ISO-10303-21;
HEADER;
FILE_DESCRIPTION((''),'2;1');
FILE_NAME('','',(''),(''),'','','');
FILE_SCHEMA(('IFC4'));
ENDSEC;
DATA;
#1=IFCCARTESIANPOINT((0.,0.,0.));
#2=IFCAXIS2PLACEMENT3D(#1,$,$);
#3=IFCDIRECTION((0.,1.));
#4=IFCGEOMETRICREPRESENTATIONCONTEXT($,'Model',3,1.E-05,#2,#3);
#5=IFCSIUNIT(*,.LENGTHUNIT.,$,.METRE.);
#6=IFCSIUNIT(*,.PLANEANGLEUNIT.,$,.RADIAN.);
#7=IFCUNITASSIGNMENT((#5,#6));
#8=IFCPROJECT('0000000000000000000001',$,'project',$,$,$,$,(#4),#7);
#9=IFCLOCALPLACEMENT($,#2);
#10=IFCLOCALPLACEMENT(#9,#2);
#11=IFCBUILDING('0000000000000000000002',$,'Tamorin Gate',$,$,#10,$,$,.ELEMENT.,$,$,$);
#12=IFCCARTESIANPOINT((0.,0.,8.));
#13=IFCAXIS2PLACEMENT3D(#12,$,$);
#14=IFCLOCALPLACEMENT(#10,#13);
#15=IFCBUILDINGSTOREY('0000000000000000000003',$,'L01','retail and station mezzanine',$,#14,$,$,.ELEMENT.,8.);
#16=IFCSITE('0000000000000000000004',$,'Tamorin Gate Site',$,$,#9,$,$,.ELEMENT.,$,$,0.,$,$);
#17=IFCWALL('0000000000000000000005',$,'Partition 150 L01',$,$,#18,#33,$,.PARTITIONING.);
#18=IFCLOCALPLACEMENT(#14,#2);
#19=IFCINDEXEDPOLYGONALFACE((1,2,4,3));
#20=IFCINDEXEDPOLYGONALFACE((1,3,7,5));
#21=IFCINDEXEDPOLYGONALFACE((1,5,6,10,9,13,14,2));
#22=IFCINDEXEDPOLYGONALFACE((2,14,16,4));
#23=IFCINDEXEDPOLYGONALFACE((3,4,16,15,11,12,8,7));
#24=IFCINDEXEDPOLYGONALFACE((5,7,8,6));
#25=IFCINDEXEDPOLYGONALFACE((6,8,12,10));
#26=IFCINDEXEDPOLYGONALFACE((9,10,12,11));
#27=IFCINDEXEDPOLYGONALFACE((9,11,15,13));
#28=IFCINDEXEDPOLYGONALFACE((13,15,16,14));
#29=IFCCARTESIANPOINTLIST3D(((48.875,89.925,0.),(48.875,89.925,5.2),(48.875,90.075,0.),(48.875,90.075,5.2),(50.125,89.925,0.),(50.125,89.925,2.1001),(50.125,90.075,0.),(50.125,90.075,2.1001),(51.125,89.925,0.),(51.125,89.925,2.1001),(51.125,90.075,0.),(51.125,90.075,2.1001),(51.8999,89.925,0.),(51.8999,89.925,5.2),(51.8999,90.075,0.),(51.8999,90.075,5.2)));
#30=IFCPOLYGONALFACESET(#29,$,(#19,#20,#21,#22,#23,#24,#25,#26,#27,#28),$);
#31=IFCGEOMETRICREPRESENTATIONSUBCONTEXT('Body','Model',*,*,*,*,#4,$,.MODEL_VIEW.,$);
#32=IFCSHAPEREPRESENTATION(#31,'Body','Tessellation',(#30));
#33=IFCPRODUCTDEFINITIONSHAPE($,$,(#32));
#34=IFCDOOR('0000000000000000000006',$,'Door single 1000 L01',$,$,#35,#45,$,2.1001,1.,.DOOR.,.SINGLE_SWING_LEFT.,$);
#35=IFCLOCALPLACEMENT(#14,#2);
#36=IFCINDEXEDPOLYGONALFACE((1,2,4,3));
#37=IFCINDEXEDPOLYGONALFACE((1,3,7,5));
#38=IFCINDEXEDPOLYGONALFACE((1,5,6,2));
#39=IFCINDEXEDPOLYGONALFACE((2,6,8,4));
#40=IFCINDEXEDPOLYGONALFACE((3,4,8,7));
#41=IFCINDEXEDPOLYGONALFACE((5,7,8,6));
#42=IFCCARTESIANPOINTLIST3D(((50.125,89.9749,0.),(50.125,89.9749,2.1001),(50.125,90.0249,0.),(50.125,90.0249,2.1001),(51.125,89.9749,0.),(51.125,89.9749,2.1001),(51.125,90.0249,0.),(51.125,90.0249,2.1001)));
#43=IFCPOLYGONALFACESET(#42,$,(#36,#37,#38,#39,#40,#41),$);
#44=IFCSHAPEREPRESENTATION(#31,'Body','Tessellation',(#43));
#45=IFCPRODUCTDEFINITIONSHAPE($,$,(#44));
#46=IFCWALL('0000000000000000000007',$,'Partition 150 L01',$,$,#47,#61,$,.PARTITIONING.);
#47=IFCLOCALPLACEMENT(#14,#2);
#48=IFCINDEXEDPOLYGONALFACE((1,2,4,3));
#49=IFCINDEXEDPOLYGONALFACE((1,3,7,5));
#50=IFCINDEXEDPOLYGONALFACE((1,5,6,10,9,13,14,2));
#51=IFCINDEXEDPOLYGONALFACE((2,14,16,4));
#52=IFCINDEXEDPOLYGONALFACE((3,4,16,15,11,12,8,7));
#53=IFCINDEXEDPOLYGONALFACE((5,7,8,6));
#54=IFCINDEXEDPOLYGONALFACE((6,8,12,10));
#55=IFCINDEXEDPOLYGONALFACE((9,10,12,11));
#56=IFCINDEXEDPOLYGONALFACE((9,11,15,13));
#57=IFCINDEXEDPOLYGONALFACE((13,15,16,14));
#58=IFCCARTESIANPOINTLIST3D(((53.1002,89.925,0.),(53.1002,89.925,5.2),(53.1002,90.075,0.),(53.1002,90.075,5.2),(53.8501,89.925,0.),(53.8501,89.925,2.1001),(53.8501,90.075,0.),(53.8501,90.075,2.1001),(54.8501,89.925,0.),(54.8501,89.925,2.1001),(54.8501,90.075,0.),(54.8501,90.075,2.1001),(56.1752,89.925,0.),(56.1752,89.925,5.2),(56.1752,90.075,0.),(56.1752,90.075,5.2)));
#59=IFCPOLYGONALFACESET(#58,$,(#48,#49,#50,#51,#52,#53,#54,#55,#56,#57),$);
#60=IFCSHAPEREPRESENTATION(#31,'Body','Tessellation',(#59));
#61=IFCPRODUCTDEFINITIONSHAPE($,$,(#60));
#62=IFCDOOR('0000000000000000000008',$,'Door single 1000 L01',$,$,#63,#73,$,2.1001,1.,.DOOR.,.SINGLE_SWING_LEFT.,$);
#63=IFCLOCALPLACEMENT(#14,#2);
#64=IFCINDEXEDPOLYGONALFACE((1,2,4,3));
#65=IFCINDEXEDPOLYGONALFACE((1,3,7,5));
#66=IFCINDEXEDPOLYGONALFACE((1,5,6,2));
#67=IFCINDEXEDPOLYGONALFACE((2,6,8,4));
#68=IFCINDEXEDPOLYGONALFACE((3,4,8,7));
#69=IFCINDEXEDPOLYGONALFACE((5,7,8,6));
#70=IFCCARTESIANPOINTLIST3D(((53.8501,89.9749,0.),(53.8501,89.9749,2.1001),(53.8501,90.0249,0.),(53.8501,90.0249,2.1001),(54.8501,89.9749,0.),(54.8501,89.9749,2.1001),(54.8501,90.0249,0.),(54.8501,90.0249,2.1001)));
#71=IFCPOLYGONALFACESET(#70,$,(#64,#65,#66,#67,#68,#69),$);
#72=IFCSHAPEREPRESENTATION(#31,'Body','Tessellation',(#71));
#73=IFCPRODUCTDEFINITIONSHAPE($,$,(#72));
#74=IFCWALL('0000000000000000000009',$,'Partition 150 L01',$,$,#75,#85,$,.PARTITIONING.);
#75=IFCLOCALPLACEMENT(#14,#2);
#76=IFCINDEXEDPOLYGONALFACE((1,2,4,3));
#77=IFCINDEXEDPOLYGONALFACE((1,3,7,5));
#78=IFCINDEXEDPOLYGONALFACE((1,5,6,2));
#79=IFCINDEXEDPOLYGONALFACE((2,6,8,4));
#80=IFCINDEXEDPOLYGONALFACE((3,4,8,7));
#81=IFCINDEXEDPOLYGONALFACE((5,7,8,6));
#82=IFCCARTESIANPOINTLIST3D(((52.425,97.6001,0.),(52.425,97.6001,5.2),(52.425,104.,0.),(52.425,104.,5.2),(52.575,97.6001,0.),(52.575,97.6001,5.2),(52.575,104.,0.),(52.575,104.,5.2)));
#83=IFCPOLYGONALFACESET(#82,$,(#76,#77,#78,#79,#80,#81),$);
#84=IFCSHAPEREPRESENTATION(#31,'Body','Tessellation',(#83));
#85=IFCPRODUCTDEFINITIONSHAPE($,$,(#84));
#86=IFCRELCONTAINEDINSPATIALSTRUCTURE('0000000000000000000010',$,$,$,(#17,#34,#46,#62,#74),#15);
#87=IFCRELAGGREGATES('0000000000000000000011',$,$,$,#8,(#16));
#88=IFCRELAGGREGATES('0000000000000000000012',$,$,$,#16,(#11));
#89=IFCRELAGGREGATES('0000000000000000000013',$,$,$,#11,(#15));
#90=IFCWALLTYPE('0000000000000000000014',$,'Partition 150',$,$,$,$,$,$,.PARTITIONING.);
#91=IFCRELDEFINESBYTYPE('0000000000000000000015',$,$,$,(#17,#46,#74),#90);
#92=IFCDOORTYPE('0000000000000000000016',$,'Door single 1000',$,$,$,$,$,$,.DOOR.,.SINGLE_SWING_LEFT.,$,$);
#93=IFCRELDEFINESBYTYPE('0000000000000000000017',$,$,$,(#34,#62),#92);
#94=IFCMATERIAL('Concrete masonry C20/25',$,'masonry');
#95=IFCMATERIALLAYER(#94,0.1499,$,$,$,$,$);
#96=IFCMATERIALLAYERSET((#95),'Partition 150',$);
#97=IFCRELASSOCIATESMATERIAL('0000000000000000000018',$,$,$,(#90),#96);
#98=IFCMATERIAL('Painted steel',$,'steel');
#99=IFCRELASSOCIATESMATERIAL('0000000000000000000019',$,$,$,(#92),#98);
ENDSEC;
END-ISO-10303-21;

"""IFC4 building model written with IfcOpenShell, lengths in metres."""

from ifc_helpers import new_model, si_unit, direction, frame, frame_2d, origin, place, context, subcontext, project, spatial, rectangle, extrude, material, layer, layer_set, type_object, element, fill, save


model = new_model("IFC4")

# Units and contexts
model_context = context("Model", 3, precision=1e-05, world=origin(), true_north=direction((0.0, 1.0)))
body_context = subcontext(model_context, "Body", "Model", "MODEL_VIEW")
ifc_project = project(units=[si_unit("LENGTHUNIT", "METRE"), si_unit("PLANEANGLEUNIT", "RADIAN")], contexts=[model_context])

# Site, building, storey
site_placement = place(None, origin())
site = spatial("IfcSite", under=ifc_project, at=site_placement, Name="Tamorin Gate Site", CompositionType="ELEMENT", RefElevation=0.0)
building_placement = place(site_placement, origin())
building = spatial("IfcBuilding", under=site, at=building_placement, Name="Tamorin Gate", CompositionType="ELEMENT")
storey_placement = place(building_placement, frame((0.0, 0.0, 8.0)))
storey = spatial("IfcBuildingStorey", under=building, at=storey_placement, Name="L01", Description="retail and station mezzanine", CompositionType="ELEMENT", Elevation=8.0)

# Shared definitions
ifc_material_1 = material(Name="Concrete masonry C20/25", Category="masonry")
ifc_layer = layer(ifc_material_1, 0.1499)
ifc_layer_set = layer_set([ifc_layer], Name="Partition 150")
wall_type = type_object("IfcWallType", Name="Partition 150", PredefinedType="PARTITIONING", material=ifc_layer_set)

# Walls, openings, doors
ifc_material_2 = material(Name="Painted steel", Category="steel")
door_type_1 = type_object("IfcDoorType", Name="Door single 1000", OperationType="SINGLE_SWING_LEFT", PredefinedType="DOOR", material=ifc_material_2)
wall_1_placement = place(storey_placement, frame((48.875, 90.0, 0.0), z_axis=(0.0, 0.0, 1.0), x_axis=(1.0, 0.0, 0.0)))
wall_1 = element("IfcWall", 1, at=wall_1_placement, inside=storey, type_object=wall_type, Name="Partition 150 L01", PredefinedType="PARTITIONING", context=body_context, shape_type="SweptSolid", body=[
    extrude(rectangle(XDim=3.0249, YDim=0.1499, at=frame_2d((1.5125, 0.0))), origin(), (0.0, 0.0, 1.0), 5.2),
])
opening_1_placement = place(wall_1_placement, frame((1.25, 0.0, 0.0)))
opening_1 = element("IfcOpeningElement", 2, at=opening_1_placement, cuts=wall_1, PredefinedType="OPENING", context=body_context, shape_type="SweptSolid", body=[
    extrude(rectangle(XDim=1.0, YDim=2.1001, at=frame_2d((0.5, 1.05))), frame((0.0, 0.085, 0.0), z_axis=(0.0, -1.0, 0.0), x_axis=(1.0, 0.0, 0.0)), (0.0, 0.0, 1.0), 0.1699),
])
door_1_placement = place(opening_1_placement, origin())
door_1 = element("IfcDoor", 3, at=door_1_placement, inside=storey, type_object=door_type_1, Name="Door single 1000 L01", OperationType="SINGLE_SWING_LEFT", OverallHeight=2.1001, OverallWidth=1.0, PredefinedType="DOOR", context=body_context, shape_type="SweptSolid", body=[
    extrude(rectangle(XDim=1.0, YDim=2.1001, at=frame_2d((0.5, 1.05))), frame((0.0, 0.0249, 0.0), z_axis=(0.0, -1.0, 0.0), x_axis=(1.0, 0.0, 0.0)), (0.0, 0.0, 1.0), 0.05),
])
fill(opening_1, door_1)
wall_2_placement = place(storey_placement, frame((53.1001, 90.0, 0.0), z_axis=(0.0, 0.0, 1.0), x_axis=(1.0, 0.0, 0.0)))
wall_2 = element("IfcWall", 4, at=wall_2_placement, inside=storey, type_object=wall_type, Name="Partition 150 L01", PredefinedType="PARTITIONING", context=body_context, shape_type="SweptSolid", body=[
    extrude(rectangle(XDim=3.075, YDim=0.1499, at=frame_2d((1.5376, 0.0))), origin(), (0.0, 0.0, 1.0), 5.2),
])
opening_2_placement = place(wall_2_placement, frame((0.75, 0.0, 0.0)))
opening_2 = element("IfcOpeningElement", 5, at=opening_2_placement, cuts=wall_2, PredefinedType="OPENING", context=body_context, shape_type="SweptSolid", body=[
    extrude(rectangle(XDim=1.0, YDim=2.1001, at=frame_2d((0.5, 1.05))), frame((0.0, 0.085, 0.0), z_axis=(0.0, -1.0, 0.0), x_axis=(1.0, 0.0, 0.0)), (0.0, 0.0, 1.0), 0.1699),
])
door_2_placement = place(opening_2_placement, origin())
door_2 = element("IfcDoor", 6, at=door_2_placement, inside=storey, type_object=door_type_1, Name="Door single 1000 L01", OperationType="SINGLE_SWING_LEFT", OverallHeight=2.1001, OverallWidth=1.0, PredefinedType="DOOR", context=body_context, shape_type="SweptSolid", body=[
    extrude(rectangle(XDim=1.0, YDim=2.1001, at=frame_2d((0.5, 1.05))), frame((0.0, 0.0249, 0.0), z_axis=(0.0, -1.0, 0.0), x_axis=(1.0, 0.0, 0.0)), (0.0, 0.0, 1.0), 0.05),
])
fill(opening_2, door_2)

# Wall
wall_3_placement = place(storey_placement, frame((52.5, 97.6001, 0.0), z_axis=(0.0, 0.0, 1.0), x_axis=(0.0, 1.0, 0.0)))
element("IfcWall", 7, at=wall_3_placement, inside=storey, type_object=wall_type, Name="Partition 150 L01", PredefinedType="PARTITIONING", context=body_context, shape_type="SweptSolid", body=[
    extrude(rectangle(XDim=6.3999, YDim=0.1499, at=frame_2d((3.2, 0.0))), origin(), (0.0, 0.0, 1.0), 5.2),
])

save(model, "model.ifc")
